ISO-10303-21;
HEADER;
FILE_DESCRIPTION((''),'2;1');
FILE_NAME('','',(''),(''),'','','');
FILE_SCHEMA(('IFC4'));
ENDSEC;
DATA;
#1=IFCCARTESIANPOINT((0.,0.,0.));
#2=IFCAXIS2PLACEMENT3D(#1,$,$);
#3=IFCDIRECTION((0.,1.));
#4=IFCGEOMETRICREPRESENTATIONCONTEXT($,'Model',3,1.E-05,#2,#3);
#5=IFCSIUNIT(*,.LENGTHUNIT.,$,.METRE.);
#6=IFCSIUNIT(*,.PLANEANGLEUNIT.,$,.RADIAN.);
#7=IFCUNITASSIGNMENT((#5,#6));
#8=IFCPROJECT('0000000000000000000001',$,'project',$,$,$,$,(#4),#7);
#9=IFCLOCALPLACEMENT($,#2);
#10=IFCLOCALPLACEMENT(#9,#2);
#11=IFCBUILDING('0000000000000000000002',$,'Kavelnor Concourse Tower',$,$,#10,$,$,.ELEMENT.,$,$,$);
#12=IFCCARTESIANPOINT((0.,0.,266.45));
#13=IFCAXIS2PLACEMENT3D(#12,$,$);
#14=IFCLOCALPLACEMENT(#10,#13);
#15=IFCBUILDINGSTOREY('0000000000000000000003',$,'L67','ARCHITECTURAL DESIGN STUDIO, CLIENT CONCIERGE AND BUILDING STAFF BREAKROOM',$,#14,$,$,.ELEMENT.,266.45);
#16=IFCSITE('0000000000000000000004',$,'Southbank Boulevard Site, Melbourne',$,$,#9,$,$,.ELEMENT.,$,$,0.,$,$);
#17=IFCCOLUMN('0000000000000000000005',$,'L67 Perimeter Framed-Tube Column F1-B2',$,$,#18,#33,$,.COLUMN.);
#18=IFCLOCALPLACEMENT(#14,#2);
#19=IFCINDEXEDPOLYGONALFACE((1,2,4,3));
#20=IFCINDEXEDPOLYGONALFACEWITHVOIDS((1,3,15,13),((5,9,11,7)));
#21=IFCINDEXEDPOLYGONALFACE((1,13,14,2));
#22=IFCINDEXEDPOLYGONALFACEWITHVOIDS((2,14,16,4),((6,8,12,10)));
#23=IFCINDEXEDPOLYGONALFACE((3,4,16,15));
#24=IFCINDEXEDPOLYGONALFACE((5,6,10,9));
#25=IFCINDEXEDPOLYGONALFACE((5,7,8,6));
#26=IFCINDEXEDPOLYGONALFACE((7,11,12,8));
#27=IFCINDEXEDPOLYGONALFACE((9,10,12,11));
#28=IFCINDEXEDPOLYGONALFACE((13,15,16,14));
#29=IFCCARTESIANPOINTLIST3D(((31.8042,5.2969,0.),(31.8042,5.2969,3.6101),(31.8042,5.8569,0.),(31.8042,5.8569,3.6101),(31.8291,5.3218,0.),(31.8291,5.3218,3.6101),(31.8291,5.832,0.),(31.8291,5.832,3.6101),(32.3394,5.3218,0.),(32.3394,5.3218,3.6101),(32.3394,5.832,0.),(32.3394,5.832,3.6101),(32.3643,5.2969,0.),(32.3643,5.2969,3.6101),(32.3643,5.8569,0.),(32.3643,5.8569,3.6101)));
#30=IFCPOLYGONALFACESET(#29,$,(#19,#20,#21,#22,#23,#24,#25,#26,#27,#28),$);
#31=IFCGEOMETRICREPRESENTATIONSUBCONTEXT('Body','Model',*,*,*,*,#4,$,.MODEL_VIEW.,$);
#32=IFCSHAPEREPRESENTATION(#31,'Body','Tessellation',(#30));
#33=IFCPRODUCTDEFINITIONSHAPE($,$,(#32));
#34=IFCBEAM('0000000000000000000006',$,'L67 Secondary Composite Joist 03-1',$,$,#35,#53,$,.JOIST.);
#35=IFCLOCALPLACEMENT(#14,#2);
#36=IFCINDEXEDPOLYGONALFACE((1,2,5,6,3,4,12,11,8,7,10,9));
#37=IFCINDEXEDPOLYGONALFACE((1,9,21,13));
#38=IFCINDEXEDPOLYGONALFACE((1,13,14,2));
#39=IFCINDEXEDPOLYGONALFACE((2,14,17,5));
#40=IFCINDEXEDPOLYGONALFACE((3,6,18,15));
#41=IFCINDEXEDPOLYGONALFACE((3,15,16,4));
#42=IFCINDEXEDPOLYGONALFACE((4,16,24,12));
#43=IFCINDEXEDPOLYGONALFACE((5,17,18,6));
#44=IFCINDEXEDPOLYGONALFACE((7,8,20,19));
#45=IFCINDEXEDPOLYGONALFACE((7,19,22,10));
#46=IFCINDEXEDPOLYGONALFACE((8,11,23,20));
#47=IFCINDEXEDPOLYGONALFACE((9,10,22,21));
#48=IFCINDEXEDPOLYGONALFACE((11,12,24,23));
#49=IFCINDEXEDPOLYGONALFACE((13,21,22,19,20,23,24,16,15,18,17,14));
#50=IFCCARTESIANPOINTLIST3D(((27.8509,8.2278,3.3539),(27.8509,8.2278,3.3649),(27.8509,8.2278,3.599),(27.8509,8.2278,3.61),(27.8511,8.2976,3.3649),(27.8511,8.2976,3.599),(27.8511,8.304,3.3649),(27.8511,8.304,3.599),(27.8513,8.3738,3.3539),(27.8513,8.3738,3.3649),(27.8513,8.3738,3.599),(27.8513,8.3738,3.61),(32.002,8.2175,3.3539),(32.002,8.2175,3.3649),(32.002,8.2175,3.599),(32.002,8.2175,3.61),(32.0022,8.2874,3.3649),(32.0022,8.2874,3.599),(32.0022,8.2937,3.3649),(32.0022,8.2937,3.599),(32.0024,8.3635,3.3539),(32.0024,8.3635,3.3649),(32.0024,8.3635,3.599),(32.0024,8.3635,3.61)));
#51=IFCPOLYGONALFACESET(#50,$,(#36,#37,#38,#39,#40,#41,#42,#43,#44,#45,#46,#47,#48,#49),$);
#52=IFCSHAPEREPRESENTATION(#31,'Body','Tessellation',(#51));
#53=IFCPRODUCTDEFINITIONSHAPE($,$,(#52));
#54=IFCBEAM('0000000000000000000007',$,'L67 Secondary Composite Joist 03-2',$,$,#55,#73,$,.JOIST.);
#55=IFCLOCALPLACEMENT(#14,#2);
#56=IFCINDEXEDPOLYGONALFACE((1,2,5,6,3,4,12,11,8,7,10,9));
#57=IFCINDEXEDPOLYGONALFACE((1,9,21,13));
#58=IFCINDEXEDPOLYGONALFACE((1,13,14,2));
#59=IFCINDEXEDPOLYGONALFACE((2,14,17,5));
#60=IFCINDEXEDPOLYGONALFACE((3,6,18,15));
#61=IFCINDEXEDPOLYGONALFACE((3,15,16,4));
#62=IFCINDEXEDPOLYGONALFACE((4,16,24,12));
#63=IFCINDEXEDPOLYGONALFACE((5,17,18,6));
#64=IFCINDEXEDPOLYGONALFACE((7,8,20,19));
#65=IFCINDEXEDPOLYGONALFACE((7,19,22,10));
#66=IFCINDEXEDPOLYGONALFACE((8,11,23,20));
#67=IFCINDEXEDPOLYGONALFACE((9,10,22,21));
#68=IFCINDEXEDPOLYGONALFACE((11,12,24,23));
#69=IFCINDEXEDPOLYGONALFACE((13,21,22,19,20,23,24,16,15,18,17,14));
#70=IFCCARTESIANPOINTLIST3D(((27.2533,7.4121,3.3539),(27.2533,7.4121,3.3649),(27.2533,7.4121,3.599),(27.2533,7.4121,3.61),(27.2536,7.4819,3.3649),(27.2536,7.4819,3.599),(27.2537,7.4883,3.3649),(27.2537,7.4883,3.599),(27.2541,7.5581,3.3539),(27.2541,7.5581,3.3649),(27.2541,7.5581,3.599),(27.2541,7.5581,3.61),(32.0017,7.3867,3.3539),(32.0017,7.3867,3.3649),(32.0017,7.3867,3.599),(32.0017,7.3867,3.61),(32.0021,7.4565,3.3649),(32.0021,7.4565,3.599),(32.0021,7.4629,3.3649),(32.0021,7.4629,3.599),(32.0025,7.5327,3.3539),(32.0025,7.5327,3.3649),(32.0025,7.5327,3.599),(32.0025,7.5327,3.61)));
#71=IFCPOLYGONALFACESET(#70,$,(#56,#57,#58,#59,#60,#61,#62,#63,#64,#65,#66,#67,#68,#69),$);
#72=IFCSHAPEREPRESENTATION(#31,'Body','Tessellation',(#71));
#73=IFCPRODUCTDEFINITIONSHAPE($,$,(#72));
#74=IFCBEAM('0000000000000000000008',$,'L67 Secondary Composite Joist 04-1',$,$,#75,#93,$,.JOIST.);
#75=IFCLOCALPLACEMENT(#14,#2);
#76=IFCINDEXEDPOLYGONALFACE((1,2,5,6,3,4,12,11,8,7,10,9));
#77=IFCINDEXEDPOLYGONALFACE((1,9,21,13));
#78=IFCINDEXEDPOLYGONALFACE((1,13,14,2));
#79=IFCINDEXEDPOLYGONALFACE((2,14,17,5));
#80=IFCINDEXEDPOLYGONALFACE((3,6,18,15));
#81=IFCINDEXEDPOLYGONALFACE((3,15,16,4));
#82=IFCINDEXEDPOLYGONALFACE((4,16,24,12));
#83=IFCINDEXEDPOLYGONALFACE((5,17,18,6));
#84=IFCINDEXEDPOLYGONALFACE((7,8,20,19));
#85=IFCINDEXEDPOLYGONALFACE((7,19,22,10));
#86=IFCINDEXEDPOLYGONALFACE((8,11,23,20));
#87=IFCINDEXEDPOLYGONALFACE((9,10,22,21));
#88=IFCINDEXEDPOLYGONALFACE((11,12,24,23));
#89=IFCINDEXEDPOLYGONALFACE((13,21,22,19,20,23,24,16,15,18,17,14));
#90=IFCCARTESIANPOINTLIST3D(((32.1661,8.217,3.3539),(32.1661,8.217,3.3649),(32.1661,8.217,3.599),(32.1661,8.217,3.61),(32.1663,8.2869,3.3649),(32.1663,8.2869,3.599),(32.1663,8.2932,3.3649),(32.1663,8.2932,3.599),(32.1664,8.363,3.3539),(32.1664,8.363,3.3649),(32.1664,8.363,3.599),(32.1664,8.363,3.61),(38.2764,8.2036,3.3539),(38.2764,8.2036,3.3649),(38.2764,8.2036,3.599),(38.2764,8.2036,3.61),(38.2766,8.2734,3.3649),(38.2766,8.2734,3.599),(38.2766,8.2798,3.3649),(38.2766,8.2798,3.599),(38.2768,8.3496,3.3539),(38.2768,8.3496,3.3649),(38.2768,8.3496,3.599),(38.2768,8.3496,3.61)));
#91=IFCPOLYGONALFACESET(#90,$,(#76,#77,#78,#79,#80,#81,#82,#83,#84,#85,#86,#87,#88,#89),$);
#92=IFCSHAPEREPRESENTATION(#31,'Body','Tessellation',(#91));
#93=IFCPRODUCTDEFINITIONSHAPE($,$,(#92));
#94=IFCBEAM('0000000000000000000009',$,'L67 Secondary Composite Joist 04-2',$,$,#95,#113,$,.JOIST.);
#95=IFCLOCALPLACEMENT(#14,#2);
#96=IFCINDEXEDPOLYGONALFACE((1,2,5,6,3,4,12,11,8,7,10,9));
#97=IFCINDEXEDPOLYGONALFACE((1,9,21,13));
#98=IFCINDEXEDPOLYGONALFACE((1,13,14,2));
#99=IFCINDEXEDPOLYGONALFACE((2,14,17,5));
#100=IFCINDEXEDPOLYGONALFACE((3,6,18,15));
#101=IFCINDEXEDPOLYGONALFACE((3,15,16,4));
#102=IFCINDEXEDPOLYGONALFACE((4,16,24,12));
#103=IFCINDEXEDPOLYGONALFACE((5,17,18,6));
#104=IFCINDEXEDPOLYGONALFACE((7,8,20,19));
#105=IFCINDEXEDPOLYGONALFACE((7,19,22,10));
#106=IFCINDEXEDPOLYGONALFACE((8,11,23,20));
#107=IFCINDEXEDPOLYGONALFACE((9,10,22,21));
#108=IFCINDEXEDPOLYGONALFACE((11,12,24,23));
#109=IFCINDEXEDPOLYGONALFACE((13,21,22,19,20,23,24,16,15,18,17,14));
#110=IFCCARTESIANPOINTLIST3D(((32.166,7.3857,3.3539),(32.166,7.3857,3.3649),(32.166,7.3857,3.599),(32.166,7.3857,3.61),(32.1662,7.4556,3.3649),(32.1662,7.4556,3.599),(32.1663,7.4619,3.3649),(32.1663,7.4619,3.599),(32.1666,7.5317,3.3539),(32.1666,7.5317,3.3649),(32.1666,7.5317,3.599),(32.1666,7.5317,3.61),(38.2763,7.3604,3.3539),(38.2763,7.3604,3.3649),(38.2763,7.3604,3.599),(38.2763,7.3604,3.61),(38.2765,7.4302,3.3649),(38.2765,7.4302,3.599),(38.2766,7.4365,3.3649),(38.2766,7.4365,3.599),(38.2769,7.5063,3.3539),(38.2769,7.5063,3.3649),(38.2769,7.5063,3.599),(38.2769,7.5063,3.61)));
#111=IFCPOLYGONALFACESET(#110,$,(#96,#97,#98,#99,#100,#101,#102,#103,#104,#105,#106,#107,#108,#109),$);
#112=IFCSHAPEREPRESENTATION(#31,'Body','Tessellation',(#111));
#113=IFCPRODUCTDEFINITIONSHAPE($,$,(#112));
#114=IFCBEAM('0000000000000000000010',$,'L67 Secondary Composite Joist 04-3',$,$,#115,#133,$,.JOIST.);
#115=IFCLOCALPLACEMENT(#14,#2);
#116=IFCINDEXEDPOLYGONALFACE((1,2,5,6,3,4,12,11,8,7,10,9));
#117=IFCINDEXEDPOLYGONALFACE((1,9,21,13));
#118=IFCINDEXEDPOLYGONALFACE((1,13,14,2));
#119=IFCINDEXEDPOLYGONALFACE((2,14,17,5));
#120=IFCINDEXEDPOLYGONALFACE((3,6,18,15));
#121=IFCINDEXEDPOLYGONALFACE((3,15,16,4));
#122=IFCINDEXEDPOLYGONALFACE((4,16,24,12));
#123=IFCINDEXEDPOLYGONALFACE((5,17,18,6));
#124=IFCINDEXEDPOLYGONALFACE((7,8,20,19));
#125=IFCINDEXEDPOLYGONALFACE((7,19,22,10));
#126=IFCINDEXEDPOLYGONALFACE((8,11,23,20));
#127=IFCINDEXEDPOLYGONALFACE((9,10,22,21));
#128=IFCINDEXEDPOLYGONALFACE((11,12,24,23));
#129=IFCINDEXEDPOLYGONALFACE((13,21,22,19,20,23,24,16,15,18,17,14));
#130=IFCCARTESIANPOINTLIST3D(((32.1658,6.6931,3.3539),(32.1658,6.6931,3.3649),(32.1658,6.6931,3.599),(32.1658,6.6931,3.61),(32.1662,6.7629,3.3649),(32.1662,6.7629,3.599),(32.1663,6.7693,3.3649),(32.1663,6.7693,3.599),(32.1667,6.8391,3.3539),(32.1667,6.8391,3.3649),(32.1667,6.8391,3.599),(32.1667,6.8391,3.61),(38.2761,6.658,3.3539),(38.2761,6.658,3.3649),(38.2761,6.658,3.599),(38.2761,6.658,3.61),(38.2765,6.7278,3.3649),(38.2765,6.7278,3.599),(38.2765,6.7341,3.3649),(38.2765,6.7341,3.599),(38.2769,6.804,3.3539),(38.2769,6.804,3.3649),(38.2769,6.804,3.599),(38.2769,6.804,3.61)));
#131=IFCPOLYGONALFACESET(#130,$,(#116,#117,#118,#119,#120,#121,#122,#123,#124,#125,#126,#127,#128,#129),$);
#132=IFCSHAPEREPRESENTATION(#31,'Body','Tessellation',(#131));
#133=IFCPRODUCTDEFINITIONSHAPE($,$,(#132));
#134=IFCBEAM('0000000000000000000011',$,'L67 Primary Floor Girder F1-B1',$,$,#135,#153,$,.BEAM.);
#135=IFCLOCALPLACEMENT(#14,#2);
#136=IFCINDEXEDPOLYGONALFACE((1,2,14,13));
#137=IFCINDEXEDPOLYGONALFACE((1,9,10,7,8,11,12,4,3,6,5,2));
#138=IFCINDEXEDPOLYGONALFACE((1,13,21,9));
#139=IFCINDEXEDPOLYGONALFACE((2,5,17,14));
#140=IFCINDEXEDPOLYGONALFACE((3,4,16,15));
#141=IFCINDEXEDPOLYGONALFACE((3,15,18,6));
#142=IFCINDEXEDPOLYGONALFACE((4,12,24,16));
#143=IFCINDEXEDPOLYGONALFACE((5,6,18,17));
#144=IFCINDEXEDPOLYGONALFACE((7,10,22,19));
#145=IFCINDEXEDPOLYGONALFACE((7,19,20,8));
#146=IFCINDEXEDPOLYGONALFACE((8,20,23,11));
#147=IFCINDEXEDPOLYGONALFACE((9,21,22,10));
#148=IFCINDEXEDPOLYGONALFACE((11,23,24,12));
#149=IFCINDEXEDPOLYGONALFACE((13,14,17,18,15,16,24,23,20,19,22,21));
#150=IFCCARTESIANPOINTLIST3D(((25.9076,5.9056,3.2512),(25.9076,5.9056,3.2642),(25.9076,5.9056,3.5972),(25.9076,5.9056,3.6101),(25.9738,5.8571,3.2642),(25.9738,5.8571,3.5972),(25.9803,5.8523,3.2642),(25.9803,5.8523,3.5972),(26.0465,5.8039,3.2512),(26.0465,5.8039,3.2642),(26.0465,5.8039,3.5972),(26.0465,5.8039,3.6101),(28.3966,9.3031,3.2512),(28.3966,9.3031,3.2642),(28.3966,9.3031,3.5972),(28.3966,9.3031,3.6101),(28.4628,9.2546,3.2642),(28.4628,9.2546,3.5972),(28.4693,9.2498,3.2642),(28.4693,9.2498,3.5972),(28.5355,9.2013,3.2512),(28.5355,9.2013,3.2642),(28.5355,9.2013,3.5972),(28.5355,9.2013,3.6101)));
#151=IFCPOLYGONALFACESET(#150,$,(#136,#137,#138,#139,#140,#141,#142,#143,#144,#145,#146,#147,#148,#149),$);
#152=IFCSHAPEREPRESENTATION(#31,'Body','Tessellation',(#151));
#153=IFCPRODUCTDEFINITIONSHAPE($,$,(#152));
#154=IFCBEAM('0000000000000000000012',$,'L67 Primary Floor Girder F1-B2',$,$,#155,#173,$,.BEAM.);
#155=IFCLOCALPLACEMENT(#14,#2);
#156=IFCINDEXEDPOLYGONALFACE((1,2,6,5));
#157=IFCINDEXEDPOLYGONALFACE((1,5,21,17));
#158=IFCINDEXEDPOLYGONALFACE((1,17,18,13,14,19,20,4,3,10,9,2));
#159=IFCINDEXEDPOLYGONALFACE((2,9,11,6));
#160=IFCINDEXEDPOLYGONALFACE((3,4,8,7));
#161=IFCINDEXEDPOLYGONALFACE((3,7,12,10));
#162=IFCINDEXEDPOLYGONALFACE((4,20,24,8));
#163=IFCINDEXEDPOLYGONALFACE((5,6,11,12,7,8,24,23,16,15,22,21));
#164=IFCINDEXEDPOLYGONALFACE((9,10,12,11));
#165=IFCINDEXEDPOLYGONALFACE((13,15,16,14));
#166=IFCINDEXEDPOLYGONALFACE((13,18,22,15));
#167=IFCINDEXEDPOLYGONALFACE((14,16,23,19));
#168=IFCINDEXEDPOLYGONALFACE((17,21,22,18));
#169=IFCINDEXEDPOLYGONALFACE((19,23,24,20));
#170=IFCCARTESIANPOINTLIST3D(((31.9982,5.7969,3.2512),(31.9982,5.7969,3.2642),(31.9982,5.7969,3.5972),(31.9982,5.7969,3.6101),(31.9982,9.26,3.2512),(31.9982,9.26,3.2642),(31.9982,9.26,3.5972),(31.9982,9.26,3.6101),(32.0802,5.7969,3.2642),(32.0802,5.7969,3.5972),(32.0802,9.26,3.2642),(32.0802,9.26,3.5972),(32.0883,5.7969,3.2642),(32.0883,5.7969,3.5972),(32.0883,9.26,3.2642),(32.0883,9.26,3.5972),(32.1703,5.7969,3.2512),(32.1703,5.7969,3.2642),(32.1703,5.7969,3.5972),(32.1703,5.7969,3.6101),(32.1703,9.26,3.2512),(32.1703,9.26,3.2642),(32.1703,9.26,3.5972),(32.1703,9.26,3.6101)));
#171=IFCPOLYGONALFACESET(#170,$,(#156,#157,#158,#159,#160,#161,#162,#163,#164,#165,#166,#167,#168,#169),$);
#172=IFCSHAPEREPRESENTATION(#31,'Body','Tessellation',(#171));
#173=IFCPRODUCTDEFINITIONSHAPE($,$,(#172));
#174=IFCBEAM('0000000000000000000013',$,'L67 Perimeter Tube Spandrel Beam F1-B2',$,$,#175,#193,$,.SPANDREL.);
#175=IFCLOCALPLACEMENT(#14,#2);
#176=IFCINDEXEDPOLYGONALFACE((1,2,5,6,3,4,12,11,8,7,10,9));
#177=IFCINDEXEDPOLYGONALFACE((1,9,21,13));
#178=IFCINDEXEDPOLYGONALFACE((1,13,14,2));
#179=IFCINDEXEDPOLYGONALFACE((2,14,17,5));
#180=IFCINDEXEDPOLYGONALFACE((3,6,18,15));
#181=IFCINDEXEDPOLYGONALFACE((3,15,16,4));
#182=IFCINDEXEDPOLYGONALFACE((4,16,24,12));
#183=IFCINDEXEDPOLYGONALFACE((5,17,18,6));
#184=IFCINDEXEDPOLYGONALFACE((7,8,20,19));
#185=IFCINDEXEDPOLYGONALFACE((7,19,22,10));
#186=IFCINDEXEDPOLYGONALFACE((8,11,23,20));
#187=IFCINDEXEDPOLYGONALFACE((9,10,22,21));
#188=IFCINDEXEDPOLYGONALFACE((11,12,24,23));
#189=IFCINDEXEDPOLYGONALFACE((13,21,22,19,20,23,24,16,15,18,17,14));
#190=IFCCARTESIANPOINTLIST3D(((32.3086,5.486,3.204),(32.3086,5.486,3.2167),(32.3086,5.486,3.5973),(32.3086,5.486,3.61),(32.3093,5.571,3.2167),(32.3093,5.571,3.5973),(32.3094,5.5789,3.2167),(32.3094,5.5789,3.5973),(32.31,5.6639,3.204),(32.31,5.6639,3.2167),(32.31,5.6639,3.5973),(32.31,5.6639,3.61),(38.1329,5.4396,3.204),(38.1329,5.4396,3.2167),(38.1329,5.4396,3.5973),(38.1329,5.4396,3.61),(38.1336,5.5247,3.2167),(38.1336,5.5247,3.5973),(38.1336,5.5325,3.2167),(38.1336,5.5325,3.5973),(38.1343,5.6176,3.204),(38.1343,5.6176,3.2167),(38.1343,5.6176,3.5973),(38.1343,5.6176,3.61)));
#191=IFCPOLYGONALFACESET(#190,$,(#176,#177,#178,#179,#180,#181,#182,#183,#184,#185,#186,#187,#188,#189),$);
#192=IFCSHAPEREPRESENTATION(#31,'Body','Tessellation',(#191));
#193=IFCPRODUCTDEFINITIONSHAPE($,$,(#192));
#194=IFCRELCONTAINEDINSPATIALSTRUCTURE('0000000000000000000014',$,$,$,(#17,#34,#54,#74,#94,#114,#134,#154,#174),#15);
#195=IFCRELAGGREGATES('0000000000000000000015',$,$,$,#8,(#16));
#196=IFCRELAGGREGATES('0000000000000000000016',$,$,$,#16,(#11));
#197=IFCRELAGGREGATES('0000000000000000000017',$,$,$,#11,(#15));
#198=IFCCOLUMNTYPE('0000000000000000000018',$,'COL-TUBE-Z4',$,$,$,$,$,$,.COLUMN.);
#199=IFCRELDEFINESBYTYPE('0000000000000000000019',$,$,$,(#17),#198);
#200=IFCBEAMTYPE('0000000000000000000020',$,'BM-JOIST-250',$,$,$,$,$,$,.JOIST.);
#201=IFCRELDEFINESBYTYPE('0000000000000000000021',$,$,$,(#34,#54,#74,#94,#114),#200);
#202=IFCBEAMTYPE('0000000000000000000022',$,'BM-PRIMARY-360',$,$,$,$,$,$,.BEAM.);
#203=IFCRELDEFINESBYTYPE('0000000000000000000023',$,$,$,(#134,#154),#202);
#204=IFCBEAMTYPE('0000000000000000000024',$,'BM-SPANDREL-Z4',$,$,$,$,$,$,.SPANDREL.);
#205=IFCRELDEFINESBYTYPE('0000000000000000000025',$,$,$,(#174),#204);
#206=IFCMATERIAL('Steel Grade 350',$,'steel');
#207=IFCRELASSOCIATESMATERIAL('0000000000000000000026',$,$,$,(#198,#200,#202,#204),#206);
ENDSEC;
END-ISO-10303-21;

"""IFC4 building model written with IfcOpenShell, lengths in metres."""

from ifc_helpers import new_model, si_unit, direction, frame, origin, origin_2d, place, context, subcontext, project, spatial, hollow_rectangle, i_section, extrude, material, material_profile, profile_set, type_object, element, save


model = new_model("IFC4")

# Units and contexts
model_context = context("Model", 3, precision=1e-05, world=origin(), true_north=direction((0.0, 1.0)))
body_context = subcontext(model_context, "Body", "Model", "MODEL_VIEW")
ifc_project = project(units=[si_unit("LENGTHUNIT", "METRE"), si_unit("PLANEANGLEUNIT", "RADIAN")], contexts=[model_context])

# Site, building, storey
site_placement = place(None, origin())
site = spatial("IfcSite", under=ifc_project, at=site_placement, Name="Southbank Boulevard Site, Melbourne", CompositionType="ELEMENT", RefElevation=0.0)
building_placement = place(site_placement, origin())
building = spatial("IfcBuilding", under=site, at=building_placement, Name="Kavelnor Concourse Tower", CompositionType="ELEMENT")
storey_placement = place(building_placement, frame((0.0, 0.0, 266.45)))
storey = spatial("IfcBuildingStorey", under=building, at=storey_placement, Name="L67", Description="ARCHITECTURAL DESIGN STUDIO, CLIENT CONCIERGE AND BUILDING STAFF BREAKROOM", CompositionType="ELEMENT", Elevation=266.45)

# Column
ifc_material_1 = material(Name="Steel Grade 350", Category="steel")
ifc_material_profile_1 = material_profile(ifc_material_1, hollow_rectangle(XDim=0.5601, YDim=0.5601, WallThickness=0.0249, at=origin_2d()), Name="SHS 560x560x25")
ifc_profile_set_1 = profile_set([ifc_material_profile_1], Name="Steel Grade 350")
column_type = type_object("IfcColumnType", Name="COL-TUBE-Z4", PredefinedType="COLUMN", material=ifc_profile_set_1)
column_placement = place(storey_placement, frame((32.0842, 5.5769, 0.0), z_axis=(0.0, 0.0, 1.0), x_axis=(1.0, 0.0, 0.0)))
element("IfcColumn", 1, at=column_placement, inside=storey, type_object=column_type, Name="L67 Perimeter Framed-Tube Column F1-B2", PredefinedType="COLUMN", context=body_context, shape_type="SweptSolid", body=[
    extrude(hollow_rectangle(XDim=0.5601, YDim=0.5601, WallThickness=0.0249, at=origin_2d()), origin(), (0.0, 0.0, 1.0), 3.6101),
])

# Beams
ifc_material_profile_2 = material_profile(ifc_material_1, i_section(OverallWidth=0.146, OverallDepth=0.2561, WebThickness=0.0063, FlangeThickness=0.011, at=origin_2d()), Name="250UB37")
ifc_profile_set_2 = profile_set([ifc_material_profile_2], Name="Steel Grade 350")
beam_type_1 = type_object("IfcBeamType", Name="BM-JOIST-250", PredefinedType="JOIST", material=ifc_profile_set_2)
beam_1_placement = place(storey_placement, frame((27.8511, 8.3008, 3.4819), z_axis=(0.999997, -0.00247, 0.0), x_axis=(0.00247, 0.999997, 0.0)))
element("IfcBeam", 2, at=beam_1_placement, inside=storey, type_object=beam_type_1, Name="L67 Secondary Composite Joist 03-1", PredefinedType="JOIST", context=body_context, shape_type="SweptSolid", body=[
    extrude(i_section(OverallWidth=0.146, OverallDepth=0.2561, WebThickness=0.0063, FlangeThickness=0.011, at=origin_2d()), origin(), (0.0, 0.0, 1.0), 4.1511),
])
beam_2_placement = place(storey_placement, frame((27.2537, 7.4851, 3.4819), z_axis=(0.999986, -0.005347, 0.0), x_axis=(0.005347, 0.999986, 0.0)))
element("IfcBeam", 3, at=beam_2_placement, inside=storey, type_object=beam_type_1, Name="L67 Secondary Composite Joist 03-2", PredefinedType="JOIST", context=body_context, shape_type="SweptSolid", body=[
    extrude(i_section(OverallWidth=0.146, OverallDepth=0.2561, WebThickness=0.0063, FlangeThickness=0.011, at=origin_2d()), origin(), (0.0, 0.0, 1.0), 4.7485),
])
for number, where, z_axis, x_axis, name in (
    (4, (32.1663, 8.29, 3.4819), (0.999998, -0.002198, 0.0), (0.002198, 0.999998, 0.0), "L67 Secondary Composite Joist 04-1"),
    (5, (32.1663, 7.4587, 3.4819), (0.999991, -0.004155, 0.0), (0.004155, 0.999991, 0.0), "L67 Secondary Composite Joist 04-2"),
    (6, (32.1663, 6.7661, 3.4819), (0.999983, -0.005753, 0.0), (0.005753, 0.999983, 0.0), "L67 Secondary Composite Joist 04-3"),
):
    element("IfcBeam", number, at=place(storey_placement, frame(where, z_axis=z_axis, x_axis=x_axis)), inside=storey, type_object=beam_type_1, Name=name, PredefinedType="JOIST", context=body_context, shape_type="SweptSolid", body=[
        extrude(i_section(OverallWidth=0.146, OverallDepth=0.2561, WebThickness=0.0063, FlangeThickness=0.011, at=origin_2d()), origin(), (0.0, 0.0, 1.0), 6.1104),
    ])
ifc_material_profile_3 = material_profile(ifc_material_1, i_section(OverallWidth=0.1721, OverallDepth=0.3589, WebThickness=0.0081, FlangeThickness=0.0129, at=origin_2d()), Name="360UB56")
ifc_profile_set_3 = profile_set([ifc_material_profile_3], Name="Steel Grade 350")
beam_type_2 = type_object("IfcBeamType", Name="BM-PRIMARY-360", PredefinedType="BEAM", material=ifc_profile_set_3)
beam_3_placement = place(storey_placement, frame((28.4661, 9.2522, 3.4307), z_axis=(-0.590984, -0.806683, 0.0), x_axis=(0.806683, -0.590984, 0.0)))
element("IfcBeam", 7, at=beam_3_placement, inside=storey, type_object=beam_type_2, Name="L67 Primary Floor Girder F1-B1", PredefinedType="BEAM", context=body_context, shape_type="SweptSolid", body=[
    extrude(i_section(OverallWidth=0.1721, OverallDepth=0.3589, WebThickness=0.0081, FlangeThickness=0.0129, at=origin_2d()), origin(), (0.0, 0.0, 1.0), 4.2117),
])
beam_4_placement = place(storey_placement, frame((32.0842, 9.26, 3.4307), z_axis=(0.0, -1.0, 0.0), x_axis=(1.0, 0.0, 0.0)))
element("IfcBeam", 8, at=beam_4_placement, inside=storey, type_object=beam_type_2, Name="L67 Primary Floor Girder F1-B2", PredefinedType="BEAM", context=body_context, shape_type="SweptSolid", body=[
    extrude(i_section(OverallWidth=0.1721, OverallDepth=0.3589, WebThickness=0.0081, FlangeThickness=0.0129, at=origin_2d()), origin(), (0.0, 0.0, 1.0), 3.4631),
])
ifc_material_profile_4 = material_profile(ifc_material_1, i_section(OverallWidth=0.178, OverallDepth=0.406, WebThickness=0.0078, FlangeThickness=0.0127, at=origin_2d()), Name="410UB59")
ifc_profile_set_4 = profile_set([ifc_material_profile_4], Name="Steel Grade 350")
beam_type_3 = type_object("IfcBeamType", Name="BM-SPANDREL-Z4", PredefinedType="SPANDREL", material=ifc_profile_set_4)
beam_5_placement = place(storey_placement, frame((32.3093, 5.575, 3.407), z_axis=(0.999968, -0.007964, 0.0), x_axis=(0.007964, 0.999968, 0.0)))
element("IfcBeam", 9, at=beam_5_placement, inside=storey, type_object=beam_type_3, Name="L67 Perimeter Tube Spandrel Beam F1-B2", PredefinedType="SPANDREL", context=body_context, shape_type="SweptSolid", body=[
    extrude(i_section(OverallWidth=0.178, OverallDepth=0.406, WebThickness=0.0078, FlangeThickness=0.0127, at=origin_2d()), origin(), (0.0, 0.0, 1.0), 5.8245),
])

save(model, "model.ifc")
